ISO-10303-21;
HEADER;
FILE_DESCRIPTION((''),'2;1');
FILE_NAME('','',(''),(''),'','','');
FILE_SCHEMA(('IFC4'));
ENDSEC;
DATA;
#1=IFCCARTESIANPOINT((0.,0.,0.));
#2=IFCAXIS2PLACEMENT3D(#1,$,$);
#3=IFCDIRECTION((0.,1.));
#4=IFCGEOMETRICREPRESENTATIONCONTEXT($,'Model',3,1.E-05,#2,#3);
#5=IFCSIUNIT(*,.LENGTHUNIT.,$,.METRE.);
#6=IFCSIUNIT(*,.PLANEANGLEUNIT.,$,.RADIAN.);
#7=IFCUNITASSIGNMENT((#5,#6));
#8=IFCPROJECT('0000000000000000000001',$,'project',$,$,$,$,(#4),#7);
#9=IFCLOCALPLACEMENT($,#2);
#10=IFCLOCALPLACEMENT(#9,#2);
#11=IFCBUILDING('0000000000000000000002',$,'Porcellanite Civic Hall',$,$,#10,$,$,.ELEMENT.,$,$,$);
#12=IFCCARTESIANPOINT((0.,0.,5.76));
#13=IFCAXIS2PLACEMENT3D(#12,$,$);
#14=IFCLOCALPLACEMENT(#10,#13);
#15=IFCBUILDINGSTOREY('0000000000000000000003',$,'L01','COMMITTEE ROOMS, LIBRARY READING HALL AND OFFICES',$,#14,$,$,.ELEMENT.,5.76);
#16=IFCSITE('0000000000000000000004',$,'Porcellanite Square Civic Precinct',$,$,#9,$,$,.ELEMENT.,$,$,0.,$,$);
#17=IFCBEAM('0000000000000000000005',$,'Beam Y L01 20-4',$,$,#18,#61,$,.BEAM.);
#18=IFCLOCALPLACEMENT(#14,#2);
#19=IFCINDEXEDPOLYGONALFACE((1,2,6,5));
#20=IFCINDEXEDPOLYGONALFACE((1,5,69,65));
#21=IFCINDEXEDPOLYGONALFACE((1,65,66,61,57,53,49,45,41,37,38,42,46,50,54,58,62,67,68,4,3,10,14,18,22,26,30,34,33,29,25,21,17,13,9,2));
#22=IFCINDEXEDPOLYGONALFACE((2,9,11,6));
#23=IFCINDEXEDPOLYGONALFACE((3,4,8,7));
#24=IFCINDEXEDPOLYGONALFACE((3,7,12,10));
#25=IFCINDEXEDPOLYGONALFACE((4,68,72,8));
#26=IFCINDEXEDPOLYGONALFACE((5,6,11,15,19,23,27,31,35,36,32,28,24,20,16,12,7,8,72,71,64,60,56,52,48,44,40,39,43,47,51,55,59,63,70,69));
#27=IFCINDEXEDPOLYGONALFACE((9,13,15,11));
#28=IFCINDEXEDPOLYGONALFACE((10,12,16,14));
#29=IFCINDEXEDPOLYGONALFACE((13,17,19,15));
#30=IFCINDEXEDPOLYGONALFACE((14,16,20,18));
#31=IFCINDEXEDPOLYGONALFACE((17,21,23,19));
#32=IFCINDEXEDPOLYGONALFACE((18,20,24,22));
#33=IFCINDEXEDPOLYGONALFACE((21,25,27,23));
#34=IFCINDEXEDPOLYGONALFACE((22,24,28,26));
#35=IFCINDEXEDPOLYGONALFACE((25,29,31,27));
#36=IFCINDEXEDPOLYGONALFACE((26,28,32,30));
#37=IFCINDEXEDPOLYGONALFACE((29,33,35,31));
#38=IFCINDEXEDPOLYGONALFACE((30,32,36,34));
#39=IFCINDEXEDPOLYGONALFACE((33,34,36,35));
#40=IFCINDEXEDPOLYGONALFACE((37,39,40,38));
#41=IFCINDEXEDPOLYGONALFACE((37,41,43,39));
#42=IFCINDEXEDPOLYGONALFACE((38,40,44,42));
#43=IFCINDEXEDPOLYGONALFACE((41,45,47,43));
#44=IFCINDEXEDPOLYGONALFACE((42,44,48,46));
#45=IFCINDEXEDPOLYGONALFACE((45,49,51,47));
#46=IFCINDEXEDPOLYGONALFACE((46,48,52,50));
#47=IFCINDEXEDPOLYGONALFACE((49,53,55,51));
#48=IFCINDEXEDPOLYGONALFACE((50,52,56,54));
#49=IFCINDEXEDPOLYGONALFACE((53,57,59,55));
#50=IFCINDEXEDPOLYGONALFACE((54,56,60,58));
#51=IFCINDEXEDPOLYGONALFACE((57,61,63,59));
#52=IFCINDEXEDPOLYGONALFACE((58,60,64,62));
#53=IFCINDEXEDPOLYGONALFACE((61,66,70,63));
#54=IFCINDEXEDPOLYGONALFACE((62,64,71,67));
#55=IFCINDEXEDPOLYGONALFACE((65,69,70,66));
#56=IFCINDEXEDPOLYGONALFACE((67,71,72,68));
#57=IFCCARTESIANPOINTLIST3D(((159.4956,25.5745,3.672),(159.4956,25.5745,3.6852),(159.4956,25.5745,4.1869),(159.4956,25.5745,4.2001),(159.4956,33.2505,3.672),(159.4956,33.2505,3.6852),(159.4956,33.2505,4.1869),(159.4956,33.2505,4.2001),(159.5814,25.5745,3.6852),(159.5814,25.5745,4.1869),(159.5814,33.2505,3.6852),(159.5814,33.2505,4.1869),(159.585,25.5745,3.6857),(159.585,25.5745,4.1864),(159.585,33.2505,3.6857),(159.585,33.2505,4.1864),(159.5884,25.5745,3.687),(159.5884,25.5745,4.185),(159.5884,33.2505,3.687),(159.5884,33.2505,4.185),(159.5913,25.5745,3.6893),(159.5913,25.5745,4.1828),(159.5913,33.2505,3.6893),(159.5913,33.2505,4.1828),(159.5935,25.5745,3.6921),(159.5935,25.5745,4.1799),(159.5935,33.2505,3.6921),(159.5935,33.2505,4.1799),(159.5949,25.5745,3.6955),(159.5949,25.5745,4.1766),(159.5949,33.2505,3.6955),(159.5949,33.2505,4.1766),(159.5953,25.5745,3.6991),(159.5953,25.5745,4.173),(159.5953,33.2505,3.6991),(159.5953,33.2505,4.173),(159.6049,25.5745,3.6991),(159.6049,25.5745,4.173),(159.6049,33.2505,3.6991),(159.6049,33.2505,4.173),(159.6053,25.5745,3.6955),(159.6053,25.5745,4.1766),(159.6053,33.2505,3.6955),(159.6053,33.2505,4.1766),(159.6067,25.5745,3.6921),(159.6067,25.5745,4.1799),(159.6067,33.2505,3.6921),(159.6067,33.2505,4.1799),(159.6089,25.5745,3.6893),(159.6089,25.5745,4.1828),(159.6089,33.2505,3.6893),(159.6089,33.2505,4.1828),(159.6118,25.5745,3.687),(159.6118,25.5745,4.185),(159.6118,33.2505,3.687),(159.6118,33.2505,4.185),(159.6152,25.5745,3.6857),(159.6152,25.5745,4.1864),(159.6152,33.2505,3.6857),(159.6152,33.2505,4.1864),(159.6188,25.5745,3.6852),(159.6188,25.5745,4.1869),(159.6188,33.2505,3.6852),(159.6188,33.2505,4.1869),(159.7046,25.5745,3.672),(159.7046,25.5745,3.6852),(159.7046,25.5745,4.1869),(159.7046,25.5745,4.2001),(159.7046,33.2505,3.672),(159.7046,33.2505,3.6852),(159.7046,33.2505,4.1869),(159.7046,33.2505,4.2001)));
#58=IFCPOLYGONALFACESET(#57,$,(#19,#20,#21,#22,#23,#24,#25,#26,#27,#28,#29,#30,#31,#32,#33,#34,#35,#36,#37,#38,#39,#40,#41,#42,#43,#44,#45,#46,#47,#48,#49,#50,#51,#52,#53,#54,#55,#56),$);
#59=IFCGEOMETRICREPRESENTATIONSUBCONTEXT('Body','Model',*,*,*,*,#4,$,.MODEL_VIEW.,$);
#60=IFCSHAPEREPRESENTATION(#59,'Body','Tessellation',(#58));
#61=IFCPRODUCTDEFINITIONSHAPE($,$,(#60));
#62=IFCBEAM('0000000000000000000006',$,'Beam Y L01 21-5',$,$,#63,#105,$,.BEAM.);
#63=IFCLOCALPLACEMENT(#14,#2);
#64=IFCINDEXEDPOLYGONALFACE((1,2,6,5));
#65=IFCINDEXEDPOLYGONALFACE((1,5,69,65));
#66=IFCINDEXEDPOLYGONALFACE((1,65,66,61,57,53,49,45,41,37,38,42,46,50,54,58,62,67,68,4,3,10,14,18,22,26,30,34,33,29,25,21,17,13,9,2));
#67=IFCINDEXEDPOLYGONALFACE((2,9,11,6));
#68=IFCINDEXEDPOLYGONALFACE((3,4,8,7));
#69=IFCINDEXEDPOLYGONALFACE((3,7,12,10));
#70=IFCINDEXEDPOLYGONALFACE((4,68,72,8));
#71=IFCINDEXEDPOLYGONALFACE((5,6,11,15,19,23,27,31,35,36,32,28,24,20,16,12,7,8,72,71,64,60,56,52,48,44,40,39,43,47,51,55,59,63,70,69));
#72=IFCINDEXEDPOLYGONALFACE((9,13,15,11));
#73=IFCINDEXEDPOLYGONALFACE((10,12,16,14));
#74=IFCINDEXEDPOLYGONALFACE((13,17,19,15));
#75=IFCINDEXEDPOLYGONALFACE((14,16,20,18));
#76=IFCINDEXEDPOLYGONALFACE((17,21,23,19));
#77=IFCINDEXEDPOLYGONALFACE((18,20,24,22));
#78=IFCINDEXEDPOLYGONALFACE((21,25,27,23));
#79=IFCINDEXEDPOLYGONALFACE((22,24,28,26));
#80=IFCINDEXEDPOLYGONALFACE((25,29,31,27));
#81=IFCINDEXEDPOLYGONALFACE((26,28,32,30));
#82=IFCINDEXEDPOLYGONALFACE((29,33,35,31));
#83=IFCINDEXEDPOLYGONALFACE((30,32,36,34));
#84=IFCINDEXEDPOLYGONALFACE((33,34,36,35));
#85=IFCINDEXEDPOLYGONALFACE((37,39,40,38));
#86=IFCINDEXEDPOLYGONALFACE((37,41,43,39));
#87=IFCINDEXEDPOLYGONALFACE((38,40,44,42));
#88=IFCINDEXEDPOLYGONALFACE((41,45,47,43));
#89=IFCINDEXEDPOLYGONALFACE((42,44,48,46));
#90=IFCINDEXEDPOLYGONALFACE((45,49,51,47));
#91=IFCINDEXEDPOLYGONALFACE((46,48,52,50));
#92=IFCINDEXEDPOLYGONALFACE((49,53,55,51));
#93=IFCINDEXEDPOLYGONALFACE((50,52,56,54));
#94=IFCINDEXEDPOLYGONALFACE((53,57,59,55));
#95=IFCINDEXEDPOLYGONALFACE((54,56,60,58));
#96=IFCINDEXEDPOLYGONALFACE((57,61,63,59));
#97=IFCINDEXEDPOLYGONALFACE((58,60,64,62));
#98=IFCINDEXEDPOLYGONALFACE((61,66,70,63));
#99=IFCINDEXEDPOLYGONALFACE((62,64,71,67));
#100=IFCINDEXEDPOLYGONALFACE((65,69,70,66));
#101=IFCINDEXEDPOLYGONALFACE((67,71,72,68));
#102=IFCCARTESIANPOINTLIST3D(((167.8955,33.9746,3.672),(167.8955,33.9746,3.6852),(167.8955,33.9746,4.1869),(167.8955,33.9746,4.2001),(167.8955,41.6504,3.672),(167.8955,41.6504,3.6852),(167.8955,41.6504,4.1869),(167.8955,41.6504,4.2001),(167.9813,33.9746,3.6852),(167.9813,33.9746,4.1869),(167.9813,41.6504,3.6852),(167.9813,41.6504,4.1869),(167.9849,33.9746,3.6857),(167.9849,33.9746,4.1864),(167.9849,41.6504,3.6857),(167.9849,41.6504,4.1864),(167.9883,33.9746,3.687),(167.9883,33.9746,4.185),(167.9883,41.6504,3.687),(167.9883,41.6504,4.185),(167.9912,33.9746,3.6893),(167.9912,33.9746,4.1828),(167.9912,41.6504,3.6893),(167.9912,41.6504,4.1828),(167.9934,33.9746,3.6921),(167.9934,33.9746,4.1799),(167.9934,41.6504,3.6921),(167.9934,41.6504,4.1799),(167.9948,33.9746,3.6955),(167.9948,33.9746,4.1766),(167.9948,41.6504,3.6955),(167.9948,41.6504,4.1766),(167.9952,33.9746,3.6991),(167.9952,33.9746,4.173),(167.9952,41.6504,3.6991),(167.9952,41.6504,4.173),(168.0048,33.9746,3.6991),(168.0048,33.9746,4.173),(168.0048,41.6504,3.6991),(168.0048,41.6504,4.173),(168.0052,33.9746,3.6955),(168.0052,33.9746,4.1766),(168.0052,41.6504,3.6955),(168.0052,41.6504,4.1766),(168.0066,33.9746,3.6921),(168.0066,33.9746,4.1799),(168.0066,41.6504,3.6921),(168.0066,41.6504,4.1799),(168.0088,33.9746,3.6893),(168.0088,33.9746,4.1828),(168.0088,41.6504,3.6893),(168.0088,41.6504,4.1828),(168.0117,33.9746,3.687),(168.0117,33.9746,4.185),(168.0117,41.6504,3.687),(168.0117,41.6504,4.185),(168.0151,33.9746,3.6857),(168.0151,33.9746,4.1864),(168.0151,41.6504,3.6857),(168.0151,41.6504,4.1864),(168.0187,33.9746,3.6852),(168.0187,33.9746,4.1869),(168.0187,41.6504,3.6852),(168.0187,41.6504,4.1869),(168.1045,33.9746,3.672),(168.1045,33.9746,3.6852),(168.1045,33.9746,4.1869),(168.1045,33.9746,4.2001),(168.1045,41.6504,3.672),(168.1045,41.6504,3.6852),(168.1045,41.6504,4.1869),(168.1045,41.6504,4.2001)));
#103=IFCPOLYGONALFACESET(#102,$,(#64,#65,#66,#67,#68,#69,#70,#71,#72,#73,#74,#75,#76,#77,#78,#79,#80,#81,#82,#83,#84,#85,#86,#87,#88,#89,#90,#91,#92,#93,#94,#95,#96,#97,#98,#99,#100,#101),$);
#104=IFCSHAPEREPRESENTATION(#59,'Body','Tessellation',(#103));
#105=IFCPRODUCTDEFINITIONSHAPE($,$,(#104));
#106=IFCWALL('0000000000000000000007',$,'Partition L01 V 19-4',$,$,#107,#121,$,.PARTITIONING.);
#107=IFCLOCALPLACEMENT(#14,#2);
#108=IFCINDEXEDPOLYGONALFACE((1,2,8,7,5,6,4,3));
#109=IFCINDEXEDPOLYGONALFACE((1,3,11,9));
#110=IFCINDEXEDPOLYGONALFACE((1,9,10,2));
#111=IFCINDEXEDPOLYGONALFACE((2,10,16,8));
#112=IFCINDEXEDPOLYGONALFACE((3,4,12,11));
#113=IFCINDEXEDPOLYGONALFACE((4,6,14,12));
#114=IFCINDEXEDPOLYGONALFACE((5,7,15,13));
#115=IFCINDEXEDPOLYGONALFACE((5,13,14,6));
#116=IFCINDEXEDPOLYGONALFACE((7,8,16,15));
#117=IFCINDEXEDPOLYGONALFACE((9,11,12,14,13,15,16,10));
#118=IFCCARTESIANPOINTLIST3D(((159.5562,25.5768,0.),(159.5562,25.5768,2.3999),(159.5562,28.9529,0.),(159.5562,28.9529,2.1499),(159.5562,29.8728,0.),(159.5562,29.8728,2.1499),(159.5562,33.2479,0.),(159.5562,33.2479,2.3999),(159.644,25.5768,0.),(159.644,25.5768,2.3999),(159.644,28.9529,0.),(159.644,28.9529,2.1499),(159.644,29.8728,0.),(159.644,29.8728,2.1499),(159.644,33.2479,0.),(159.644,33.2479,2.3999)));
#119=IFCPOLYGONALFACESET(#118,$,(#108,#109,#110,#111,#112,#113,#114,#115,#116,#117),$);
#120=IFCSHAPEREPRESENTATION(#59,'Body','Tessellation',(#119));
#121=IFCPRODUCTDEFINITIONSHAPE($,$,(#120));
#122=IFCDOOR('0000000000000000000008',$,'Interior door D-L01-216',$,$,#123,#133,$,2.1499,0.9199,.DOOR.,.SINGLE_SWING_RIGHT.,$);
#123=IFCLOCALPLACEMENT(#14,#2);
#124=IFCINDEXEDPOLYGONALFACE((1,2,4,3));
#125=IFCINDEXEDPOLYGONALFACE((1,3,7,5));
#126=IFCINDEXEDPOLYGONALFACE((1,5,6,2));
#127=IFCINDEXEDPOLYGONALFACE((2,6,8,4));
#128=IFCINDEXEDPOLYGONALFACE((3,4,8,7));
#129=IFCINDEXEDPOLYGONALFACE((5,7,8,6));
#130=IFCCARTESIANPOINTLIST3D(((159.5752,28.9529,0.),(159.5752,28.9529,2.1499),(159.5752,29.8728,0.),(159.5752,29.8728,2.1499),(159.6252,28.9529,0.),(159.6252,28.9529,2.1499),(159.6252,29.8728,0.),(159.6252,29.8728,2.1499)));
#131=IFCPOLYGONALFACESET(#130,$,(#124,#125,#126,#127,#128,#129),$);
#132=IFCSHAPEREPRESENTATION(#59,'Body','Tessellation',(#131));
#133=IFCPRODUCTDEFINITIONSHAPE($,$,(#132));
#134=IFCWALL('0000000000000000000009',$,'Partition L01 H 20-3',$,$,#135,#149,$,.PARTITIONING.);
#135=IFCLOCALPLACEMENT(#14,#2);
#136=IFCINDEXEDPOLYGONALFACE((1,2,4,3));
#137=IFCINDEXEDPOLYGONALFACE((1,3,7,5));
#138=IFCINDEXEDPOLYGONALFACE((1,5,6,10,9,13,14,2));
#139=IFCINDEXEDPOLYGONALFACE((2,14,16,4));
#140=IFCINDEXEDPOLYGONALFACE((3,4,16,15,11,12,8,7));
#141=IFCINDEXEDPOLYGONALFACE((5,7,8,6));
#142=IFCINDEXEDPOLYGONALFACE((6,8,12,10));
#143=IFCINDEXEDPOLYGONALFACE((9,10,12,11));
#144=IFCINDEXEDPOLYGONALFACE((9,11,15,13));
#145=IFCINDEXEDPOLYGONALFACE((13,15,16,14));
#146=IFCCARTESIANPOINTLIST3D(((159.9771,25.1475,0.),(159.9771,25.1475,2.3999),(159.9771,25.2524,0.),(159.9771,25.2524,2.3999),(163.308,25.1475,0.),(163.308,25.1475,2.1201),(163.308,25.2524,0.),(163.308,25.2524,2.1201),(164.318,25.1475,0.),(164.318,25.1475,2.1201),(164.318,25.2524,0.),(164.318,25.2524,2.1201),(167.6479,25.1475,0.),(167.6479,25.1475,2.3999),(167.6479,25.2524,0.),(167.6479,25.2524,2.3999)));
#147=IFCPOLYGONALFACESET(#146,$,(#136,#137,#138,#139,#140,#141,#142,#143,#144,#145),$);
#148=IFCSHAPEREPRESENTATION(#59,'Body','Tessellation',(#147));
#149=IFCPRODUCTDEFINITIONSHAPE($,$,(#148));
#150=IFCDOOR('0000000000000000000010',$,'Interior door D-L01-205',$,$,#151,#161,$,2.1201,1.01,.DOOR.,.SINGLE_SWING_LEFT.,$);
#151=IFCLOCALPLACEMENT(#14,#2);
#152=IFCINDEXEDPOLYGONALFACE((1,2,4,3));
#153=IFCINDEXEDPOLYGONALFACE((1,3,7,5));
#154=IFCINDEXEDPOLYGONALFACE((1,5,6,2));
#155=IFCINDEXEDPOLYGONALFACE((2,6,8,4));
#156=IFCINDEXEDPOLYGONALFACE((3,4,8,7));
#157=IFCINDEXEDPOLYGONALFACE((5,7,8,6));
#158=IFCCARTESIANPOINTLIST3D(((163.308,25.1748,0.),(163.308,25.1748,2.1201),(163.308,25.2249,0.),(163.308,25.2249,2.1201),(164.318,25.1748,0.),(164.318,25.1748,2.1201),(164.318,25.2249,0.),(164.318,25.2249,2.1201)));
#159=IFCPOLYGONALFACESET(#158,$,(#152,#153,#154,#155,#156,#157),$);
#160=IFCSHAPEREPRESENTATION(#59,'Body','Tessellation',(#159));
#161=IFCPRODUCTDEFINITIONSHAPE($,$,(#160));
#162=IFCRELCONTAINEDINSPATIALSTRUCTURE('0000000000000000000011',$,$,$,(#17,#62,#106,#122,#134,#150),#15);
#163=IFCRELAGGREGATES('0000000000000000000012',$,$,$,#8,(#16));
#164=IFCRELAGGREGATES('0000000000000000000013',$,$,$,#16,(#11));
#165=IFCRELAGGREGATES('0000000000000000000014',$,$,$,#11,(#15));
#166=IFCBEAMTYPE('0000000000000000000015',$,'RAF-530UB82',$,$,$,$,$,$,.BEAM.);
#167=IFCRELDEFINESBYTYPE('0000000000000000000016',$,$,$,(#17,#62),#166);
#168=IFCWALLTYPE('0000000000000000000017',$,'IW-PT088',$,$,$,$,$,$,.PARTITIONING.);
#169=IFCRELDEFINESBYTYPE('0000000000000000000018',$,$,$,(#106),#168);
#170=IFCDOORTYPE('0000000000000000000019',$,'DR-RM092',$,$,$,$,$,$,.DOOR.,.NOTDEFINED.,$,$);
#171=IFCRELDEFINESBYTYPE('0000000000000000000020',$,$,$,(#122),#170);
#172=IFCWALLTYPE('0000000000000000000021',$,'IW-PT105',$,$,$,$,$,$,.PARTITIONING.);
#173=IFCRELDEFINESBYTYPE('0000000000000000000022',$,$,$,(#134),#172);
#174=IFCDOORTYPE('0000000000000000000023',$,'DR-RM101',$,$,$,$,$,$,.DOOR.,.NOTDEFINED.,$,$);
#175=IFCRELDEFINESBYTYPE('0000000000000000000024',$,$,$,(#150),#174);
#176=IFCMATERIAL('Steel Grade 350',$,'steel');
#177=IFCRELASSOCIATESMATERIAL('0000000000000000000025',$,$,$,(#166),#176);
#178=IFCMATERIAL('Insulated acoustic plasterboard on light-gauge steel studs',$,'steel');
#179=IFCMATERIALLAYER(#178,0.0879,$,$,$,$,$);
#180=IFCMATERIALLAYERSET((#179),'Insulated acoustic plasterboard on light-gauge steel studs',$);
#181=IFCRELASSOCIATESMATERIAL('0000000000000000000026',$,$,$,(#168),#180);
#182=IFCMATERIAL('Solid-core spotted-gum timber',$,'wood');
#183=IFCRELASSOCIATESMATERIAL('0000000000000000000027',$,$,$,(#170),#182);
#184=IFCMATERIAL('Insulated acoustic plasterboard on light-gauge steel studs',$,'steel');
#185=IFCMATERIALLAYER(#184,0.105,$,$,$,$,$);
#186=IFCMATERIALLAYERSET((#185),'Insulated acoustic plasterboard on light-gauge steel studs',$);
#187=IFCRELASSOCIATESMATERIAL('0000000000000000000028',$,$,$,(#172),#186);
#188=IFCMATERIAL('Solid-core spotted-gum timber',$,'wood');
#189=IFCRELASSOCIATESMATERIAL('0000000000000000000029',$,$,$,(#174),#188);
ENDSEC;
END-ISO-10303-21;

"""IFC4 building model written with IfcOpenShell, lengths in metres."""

from ifc_helpers import new_model, si_unit, direction, frame, frame_2d, origin, origin_2d, place, context, subcontext, project, spatial, rectangle, i_section, extrude, material, layer, layer_set, material_profile, profile_set, type_object, element, fill, save


model = new_model("IFC4")

# Units and contexts
model_context = context("Model", 3, precision=1e-05, world=origin(), true_north=direction((0.0, 1.0)))
body_context = subcontext(model_context, "Body", "Model", "MODEL_VIEW")
ifc_project = project(units=[si_unit("LENGTHUNIT", "METRE"), si_unit("PLANEANGLEUNIT", "RADIAN")], contexts=[model_context])

# Site, building, storey
site_placement = place(None, origin())
site = spatial("IfcSite", under=ifc_project, at=site_placement, Name="Porcellanite Square Civic Precinct", CompositionType="ELEMENT", RefElevation=0.0)
building_placement = place(site_placement, origin())
building = spatial("IfcBuilding", under=site, at=building_placement, Name="Porcellanite Civic Hall", CompositionType="ELEMENT")
storey_placement = place(building_placement, frame((0.0, 0.0, 5.76)))
storey = spatial("IfcBuildingStorey", under=building, at=storey_placement, Name="L01", Description="COMMITTEE ROOMS, LIBRARY READING HALL AND OFFICES", CompositionType="ELEMENT", Elevation=5.76)

# Beams
ifc_material_1 = material(Name="Steel Grade 350", Category="steel")
ifc_material_profile_1 = material_profile(ifc_material_1, i_section(OverallWidth=0.209, OverallDepth=0.5281, WebThickness=0.0095, FlangeThickness=0.0132, FilletRadius=0.0139, at=origin_2d()), Name="530UB82.0")
ifc_profile_set_1 = profile_set([ifc_material_profile_1], Name="Steel Grade 350")
beam_type_1 = type_object("IfcBeamType", Name="RAF-530UB82", PredefinedType="BEAM", material=ifc_profile_set_1)
beam_1_placement = place(storey_placement, frame((159.6001, 25.5745, 3.936), z_axis=(0.0, 1.0, 0.0), x_axis=(-1.0, 0.0, 0.0)))
element("IfcBeam", 1, at=beam_1_placement, inside=storey, type_object=beam_type_1, Name="Beam Y L01 20-4", PredefinedType="BEAM", context=body_context, shape_type="SweptSolid", body=[
    extrude(i_section(OverallWidth=0.209, OverallDepth=0.5281, WebThickness=0.0095, FlangeThickness=0.0132, FilletRadius=0.0139, at=origin_2d()), origin(), (0.0, 0.0, 1.0), 7.676),
])
beam_2_placement = place(storey_placement, frame((168.0, 33.9746, 3.936), z_axis=(0.0, 1.0, 0.0), x_axis=(-1.0, 0.0, 0.0)))
element("IfcBeam", 2, at=beam_2_placement, inside=storey, type_object=beam_type_1, Name="Beam Y L01 21-5", PredefinedType="BEAM", context=body_context, shape_type="SweptSolid", body=[
    extrude(i_section(OverallWidth=0.209, OverallDepth=0.5281, WebThickness=0.0095, FlangeThickness=0.0132, FilletRadius=0.0139, at=origin_2d()), origin(), (0.0, 0.0, 1.0), 7.6758),
])

# Walls, openings, doors
ifc_material_2 = material(Name="Insulated acoustic plasterboard on light-gauge steel studs", Category="steel")
ifc_layer_1 = layer(ifc_material_2, 0.0879)
ifc_layer_set_1 = layer_set([ifc_layer_1], Name="Insulated acoustic plasterboard on light-gauge steel studs")
wall_type_1 = type_object("IfcWallType", Name="IW-PT088", PredefinedType="PARTITIONING", material=ifc_layer_set_1)
wall_1_placement = place(storey_placement, frame((159.6001, 25.5769, 0.0), z_axis=(0.0, 0.0, 1.0), x_axis=(0.0, 1.0, 0.0)))
wall_1 = element("IfcWall", 3, at=wall_1_placement, inside=storey, type_object=wall_type_1, Name="Partition L01 V 19-4", PredefinedType="PARTITIONING", context=body_context, shape_type="SweptSolid", body=[
    extrude(rectangle(XDim=7.6711, YDim=0.0879, at=frame_2d((3.8354, 0.0))), origin(), (0.0, 0.0, 1.0), 2.3999),
])
opening_1_placement = place(wall_1_placement, frame((3.376, 0.0, 0.0)))
opening_1 = element("IfcOpeningElement", 4, at=opening_1_placement, cuts=wall_1, PredefinedType="OPENING", context=body_context, shape_type="SweptSolid", body=[
    extrude(rectangle(XDim=0.9199, YDim=2.1499, at=frame_2d((0.46, 1.075))), frame((0.0, 0.0439, 0.0), z_axis=(0.0, -1.0, 0.0), x_axis=(1.0, 0.0, 0.0)), (0.0, 0.0, 1.0), 0.0879),
])
ifc_material_3 = material(Name="Solid-core spotted-gum timber", Category="wood")
door_type_1 = type_object("IfcDoorType", Name="DR-RM092", OperationType="NOTDEFINED", PredefinedType="DOOR", material=ifc_material_3)
door_1_placement = place(opening_1_placement, origin())
door_1 = element("IfcDoor", 5, at=door_1_placement, inside=storey, type_object=door_type_1, Name="Interior door D-L01-216", OperationType="SINGLE_SWING_RIGHT", OverallHeight=2.1499, OverallWidth=0.9199, PredefinedType="DOOR", context=body_context, shape_type="SweptSolid", body=[
    extrude(rectangle(XDim=0.9199, YDim=2.1499, at=frame_2d((0.46, 1.075))), frame((0.0, 0.0249, 0.0), z_axis=(0.0, -1.0, 0.0), x_axis=(1.0, 0.0, 0.0)), (0.0, 0.0, 1.0), 0.05),
])
fill(opening_1, door_1)
ifc_material_4 = material(Name="Insulated acoustic plasterboard on light-gauge steel studs", Category="steel")
ifc_layer_2 = layer(ifc_material_4, 0.105)
ifc_layer_set_2 = layer_set([ifc_layer_2], Name="Insulated acoustic plasterboard on light-gauge steel studs")
wall_type_2 = type_object("IfcWallType", Name="IW-PT105", PredefinedType="PARTITIONING", material=ifc_layer_set_2)
wall_2_placement = place(storey_placement, frame((159.9771, 25.2, 0.0), z_axis=(0.0, 0.0, 1.0), x_axis=(1.0, 0.0, 0.0)))
wall_2 = element("IfcWall", 6, at=wall_2_placement, inside=storey, type_object=wall_type_2, Name="Partition L01 H 20-3", PredefinedType="PARTITIONING", context=body_context, shape_type="SweptSolid", body=[
    extrude(rectangle(XDim=7.6709, YDim=0.105, at=frame_2d((3.8354, 0.0))), origin(), (0.0, 0.0, 1.0), 2.3999),
])
opening_2_placement = place(wall_2_placement, frame((3.3311, 0.0, 0.0)))
opening_2 = element("IfcOpeningElement", 7, at=opening_2_placement, cuts=wall_2, PredefinedType="OPENING", context=body_context, shape_type="SweptSolid", body=[
    extrude(rectangle(XDim=1.01, YDim=2.1201, at=frame_2d((0.5049, 1.0601))), frame((0.0, 0.0525, 0.0), z_axis=(0.0, -1.0, 0.0), x_axis=(1.0, 0.0, 0.0)), (0.0, 0.0, 1.0), 0.105),
])
ifc_material_5 = material(Name="Solid-core spotted-gum timber", Category="wood")
door_type_2 = type_object("IfcDoorType", Name="DR-RM101", OperationType="NOTDEFINED", PredefinedType="DOOR", material=ifc_material_5)
door_2_placement = place(opening_2_placement, origin())
door_2 = element("IfcDoor", 8, at=door_2_placement, inside=storey, type_object=door_type_2, Name="Interior door D-L01-205", OperationType="SINGLE_SWING_LEFT", OverallHeight=2.1201, OverallWidth=1.01, PredefinedType="DOOR", context=body_context, shape_type="SweptSolid", body=[
    extrude(rectangle(XDim=1.01, YDim=2.1201, at=frame_2d((0.5049, 1.0601))), frame((0.0, 0.0249, 0.0), z_axis=(0.0, -1.0, 0.0), x_axis=(1.0, 0.0, 0.0)), (0.0, 0.0, 1.0), 0.05),
])
fill(opening_2, door_2)

save(model, "model.ifc")
